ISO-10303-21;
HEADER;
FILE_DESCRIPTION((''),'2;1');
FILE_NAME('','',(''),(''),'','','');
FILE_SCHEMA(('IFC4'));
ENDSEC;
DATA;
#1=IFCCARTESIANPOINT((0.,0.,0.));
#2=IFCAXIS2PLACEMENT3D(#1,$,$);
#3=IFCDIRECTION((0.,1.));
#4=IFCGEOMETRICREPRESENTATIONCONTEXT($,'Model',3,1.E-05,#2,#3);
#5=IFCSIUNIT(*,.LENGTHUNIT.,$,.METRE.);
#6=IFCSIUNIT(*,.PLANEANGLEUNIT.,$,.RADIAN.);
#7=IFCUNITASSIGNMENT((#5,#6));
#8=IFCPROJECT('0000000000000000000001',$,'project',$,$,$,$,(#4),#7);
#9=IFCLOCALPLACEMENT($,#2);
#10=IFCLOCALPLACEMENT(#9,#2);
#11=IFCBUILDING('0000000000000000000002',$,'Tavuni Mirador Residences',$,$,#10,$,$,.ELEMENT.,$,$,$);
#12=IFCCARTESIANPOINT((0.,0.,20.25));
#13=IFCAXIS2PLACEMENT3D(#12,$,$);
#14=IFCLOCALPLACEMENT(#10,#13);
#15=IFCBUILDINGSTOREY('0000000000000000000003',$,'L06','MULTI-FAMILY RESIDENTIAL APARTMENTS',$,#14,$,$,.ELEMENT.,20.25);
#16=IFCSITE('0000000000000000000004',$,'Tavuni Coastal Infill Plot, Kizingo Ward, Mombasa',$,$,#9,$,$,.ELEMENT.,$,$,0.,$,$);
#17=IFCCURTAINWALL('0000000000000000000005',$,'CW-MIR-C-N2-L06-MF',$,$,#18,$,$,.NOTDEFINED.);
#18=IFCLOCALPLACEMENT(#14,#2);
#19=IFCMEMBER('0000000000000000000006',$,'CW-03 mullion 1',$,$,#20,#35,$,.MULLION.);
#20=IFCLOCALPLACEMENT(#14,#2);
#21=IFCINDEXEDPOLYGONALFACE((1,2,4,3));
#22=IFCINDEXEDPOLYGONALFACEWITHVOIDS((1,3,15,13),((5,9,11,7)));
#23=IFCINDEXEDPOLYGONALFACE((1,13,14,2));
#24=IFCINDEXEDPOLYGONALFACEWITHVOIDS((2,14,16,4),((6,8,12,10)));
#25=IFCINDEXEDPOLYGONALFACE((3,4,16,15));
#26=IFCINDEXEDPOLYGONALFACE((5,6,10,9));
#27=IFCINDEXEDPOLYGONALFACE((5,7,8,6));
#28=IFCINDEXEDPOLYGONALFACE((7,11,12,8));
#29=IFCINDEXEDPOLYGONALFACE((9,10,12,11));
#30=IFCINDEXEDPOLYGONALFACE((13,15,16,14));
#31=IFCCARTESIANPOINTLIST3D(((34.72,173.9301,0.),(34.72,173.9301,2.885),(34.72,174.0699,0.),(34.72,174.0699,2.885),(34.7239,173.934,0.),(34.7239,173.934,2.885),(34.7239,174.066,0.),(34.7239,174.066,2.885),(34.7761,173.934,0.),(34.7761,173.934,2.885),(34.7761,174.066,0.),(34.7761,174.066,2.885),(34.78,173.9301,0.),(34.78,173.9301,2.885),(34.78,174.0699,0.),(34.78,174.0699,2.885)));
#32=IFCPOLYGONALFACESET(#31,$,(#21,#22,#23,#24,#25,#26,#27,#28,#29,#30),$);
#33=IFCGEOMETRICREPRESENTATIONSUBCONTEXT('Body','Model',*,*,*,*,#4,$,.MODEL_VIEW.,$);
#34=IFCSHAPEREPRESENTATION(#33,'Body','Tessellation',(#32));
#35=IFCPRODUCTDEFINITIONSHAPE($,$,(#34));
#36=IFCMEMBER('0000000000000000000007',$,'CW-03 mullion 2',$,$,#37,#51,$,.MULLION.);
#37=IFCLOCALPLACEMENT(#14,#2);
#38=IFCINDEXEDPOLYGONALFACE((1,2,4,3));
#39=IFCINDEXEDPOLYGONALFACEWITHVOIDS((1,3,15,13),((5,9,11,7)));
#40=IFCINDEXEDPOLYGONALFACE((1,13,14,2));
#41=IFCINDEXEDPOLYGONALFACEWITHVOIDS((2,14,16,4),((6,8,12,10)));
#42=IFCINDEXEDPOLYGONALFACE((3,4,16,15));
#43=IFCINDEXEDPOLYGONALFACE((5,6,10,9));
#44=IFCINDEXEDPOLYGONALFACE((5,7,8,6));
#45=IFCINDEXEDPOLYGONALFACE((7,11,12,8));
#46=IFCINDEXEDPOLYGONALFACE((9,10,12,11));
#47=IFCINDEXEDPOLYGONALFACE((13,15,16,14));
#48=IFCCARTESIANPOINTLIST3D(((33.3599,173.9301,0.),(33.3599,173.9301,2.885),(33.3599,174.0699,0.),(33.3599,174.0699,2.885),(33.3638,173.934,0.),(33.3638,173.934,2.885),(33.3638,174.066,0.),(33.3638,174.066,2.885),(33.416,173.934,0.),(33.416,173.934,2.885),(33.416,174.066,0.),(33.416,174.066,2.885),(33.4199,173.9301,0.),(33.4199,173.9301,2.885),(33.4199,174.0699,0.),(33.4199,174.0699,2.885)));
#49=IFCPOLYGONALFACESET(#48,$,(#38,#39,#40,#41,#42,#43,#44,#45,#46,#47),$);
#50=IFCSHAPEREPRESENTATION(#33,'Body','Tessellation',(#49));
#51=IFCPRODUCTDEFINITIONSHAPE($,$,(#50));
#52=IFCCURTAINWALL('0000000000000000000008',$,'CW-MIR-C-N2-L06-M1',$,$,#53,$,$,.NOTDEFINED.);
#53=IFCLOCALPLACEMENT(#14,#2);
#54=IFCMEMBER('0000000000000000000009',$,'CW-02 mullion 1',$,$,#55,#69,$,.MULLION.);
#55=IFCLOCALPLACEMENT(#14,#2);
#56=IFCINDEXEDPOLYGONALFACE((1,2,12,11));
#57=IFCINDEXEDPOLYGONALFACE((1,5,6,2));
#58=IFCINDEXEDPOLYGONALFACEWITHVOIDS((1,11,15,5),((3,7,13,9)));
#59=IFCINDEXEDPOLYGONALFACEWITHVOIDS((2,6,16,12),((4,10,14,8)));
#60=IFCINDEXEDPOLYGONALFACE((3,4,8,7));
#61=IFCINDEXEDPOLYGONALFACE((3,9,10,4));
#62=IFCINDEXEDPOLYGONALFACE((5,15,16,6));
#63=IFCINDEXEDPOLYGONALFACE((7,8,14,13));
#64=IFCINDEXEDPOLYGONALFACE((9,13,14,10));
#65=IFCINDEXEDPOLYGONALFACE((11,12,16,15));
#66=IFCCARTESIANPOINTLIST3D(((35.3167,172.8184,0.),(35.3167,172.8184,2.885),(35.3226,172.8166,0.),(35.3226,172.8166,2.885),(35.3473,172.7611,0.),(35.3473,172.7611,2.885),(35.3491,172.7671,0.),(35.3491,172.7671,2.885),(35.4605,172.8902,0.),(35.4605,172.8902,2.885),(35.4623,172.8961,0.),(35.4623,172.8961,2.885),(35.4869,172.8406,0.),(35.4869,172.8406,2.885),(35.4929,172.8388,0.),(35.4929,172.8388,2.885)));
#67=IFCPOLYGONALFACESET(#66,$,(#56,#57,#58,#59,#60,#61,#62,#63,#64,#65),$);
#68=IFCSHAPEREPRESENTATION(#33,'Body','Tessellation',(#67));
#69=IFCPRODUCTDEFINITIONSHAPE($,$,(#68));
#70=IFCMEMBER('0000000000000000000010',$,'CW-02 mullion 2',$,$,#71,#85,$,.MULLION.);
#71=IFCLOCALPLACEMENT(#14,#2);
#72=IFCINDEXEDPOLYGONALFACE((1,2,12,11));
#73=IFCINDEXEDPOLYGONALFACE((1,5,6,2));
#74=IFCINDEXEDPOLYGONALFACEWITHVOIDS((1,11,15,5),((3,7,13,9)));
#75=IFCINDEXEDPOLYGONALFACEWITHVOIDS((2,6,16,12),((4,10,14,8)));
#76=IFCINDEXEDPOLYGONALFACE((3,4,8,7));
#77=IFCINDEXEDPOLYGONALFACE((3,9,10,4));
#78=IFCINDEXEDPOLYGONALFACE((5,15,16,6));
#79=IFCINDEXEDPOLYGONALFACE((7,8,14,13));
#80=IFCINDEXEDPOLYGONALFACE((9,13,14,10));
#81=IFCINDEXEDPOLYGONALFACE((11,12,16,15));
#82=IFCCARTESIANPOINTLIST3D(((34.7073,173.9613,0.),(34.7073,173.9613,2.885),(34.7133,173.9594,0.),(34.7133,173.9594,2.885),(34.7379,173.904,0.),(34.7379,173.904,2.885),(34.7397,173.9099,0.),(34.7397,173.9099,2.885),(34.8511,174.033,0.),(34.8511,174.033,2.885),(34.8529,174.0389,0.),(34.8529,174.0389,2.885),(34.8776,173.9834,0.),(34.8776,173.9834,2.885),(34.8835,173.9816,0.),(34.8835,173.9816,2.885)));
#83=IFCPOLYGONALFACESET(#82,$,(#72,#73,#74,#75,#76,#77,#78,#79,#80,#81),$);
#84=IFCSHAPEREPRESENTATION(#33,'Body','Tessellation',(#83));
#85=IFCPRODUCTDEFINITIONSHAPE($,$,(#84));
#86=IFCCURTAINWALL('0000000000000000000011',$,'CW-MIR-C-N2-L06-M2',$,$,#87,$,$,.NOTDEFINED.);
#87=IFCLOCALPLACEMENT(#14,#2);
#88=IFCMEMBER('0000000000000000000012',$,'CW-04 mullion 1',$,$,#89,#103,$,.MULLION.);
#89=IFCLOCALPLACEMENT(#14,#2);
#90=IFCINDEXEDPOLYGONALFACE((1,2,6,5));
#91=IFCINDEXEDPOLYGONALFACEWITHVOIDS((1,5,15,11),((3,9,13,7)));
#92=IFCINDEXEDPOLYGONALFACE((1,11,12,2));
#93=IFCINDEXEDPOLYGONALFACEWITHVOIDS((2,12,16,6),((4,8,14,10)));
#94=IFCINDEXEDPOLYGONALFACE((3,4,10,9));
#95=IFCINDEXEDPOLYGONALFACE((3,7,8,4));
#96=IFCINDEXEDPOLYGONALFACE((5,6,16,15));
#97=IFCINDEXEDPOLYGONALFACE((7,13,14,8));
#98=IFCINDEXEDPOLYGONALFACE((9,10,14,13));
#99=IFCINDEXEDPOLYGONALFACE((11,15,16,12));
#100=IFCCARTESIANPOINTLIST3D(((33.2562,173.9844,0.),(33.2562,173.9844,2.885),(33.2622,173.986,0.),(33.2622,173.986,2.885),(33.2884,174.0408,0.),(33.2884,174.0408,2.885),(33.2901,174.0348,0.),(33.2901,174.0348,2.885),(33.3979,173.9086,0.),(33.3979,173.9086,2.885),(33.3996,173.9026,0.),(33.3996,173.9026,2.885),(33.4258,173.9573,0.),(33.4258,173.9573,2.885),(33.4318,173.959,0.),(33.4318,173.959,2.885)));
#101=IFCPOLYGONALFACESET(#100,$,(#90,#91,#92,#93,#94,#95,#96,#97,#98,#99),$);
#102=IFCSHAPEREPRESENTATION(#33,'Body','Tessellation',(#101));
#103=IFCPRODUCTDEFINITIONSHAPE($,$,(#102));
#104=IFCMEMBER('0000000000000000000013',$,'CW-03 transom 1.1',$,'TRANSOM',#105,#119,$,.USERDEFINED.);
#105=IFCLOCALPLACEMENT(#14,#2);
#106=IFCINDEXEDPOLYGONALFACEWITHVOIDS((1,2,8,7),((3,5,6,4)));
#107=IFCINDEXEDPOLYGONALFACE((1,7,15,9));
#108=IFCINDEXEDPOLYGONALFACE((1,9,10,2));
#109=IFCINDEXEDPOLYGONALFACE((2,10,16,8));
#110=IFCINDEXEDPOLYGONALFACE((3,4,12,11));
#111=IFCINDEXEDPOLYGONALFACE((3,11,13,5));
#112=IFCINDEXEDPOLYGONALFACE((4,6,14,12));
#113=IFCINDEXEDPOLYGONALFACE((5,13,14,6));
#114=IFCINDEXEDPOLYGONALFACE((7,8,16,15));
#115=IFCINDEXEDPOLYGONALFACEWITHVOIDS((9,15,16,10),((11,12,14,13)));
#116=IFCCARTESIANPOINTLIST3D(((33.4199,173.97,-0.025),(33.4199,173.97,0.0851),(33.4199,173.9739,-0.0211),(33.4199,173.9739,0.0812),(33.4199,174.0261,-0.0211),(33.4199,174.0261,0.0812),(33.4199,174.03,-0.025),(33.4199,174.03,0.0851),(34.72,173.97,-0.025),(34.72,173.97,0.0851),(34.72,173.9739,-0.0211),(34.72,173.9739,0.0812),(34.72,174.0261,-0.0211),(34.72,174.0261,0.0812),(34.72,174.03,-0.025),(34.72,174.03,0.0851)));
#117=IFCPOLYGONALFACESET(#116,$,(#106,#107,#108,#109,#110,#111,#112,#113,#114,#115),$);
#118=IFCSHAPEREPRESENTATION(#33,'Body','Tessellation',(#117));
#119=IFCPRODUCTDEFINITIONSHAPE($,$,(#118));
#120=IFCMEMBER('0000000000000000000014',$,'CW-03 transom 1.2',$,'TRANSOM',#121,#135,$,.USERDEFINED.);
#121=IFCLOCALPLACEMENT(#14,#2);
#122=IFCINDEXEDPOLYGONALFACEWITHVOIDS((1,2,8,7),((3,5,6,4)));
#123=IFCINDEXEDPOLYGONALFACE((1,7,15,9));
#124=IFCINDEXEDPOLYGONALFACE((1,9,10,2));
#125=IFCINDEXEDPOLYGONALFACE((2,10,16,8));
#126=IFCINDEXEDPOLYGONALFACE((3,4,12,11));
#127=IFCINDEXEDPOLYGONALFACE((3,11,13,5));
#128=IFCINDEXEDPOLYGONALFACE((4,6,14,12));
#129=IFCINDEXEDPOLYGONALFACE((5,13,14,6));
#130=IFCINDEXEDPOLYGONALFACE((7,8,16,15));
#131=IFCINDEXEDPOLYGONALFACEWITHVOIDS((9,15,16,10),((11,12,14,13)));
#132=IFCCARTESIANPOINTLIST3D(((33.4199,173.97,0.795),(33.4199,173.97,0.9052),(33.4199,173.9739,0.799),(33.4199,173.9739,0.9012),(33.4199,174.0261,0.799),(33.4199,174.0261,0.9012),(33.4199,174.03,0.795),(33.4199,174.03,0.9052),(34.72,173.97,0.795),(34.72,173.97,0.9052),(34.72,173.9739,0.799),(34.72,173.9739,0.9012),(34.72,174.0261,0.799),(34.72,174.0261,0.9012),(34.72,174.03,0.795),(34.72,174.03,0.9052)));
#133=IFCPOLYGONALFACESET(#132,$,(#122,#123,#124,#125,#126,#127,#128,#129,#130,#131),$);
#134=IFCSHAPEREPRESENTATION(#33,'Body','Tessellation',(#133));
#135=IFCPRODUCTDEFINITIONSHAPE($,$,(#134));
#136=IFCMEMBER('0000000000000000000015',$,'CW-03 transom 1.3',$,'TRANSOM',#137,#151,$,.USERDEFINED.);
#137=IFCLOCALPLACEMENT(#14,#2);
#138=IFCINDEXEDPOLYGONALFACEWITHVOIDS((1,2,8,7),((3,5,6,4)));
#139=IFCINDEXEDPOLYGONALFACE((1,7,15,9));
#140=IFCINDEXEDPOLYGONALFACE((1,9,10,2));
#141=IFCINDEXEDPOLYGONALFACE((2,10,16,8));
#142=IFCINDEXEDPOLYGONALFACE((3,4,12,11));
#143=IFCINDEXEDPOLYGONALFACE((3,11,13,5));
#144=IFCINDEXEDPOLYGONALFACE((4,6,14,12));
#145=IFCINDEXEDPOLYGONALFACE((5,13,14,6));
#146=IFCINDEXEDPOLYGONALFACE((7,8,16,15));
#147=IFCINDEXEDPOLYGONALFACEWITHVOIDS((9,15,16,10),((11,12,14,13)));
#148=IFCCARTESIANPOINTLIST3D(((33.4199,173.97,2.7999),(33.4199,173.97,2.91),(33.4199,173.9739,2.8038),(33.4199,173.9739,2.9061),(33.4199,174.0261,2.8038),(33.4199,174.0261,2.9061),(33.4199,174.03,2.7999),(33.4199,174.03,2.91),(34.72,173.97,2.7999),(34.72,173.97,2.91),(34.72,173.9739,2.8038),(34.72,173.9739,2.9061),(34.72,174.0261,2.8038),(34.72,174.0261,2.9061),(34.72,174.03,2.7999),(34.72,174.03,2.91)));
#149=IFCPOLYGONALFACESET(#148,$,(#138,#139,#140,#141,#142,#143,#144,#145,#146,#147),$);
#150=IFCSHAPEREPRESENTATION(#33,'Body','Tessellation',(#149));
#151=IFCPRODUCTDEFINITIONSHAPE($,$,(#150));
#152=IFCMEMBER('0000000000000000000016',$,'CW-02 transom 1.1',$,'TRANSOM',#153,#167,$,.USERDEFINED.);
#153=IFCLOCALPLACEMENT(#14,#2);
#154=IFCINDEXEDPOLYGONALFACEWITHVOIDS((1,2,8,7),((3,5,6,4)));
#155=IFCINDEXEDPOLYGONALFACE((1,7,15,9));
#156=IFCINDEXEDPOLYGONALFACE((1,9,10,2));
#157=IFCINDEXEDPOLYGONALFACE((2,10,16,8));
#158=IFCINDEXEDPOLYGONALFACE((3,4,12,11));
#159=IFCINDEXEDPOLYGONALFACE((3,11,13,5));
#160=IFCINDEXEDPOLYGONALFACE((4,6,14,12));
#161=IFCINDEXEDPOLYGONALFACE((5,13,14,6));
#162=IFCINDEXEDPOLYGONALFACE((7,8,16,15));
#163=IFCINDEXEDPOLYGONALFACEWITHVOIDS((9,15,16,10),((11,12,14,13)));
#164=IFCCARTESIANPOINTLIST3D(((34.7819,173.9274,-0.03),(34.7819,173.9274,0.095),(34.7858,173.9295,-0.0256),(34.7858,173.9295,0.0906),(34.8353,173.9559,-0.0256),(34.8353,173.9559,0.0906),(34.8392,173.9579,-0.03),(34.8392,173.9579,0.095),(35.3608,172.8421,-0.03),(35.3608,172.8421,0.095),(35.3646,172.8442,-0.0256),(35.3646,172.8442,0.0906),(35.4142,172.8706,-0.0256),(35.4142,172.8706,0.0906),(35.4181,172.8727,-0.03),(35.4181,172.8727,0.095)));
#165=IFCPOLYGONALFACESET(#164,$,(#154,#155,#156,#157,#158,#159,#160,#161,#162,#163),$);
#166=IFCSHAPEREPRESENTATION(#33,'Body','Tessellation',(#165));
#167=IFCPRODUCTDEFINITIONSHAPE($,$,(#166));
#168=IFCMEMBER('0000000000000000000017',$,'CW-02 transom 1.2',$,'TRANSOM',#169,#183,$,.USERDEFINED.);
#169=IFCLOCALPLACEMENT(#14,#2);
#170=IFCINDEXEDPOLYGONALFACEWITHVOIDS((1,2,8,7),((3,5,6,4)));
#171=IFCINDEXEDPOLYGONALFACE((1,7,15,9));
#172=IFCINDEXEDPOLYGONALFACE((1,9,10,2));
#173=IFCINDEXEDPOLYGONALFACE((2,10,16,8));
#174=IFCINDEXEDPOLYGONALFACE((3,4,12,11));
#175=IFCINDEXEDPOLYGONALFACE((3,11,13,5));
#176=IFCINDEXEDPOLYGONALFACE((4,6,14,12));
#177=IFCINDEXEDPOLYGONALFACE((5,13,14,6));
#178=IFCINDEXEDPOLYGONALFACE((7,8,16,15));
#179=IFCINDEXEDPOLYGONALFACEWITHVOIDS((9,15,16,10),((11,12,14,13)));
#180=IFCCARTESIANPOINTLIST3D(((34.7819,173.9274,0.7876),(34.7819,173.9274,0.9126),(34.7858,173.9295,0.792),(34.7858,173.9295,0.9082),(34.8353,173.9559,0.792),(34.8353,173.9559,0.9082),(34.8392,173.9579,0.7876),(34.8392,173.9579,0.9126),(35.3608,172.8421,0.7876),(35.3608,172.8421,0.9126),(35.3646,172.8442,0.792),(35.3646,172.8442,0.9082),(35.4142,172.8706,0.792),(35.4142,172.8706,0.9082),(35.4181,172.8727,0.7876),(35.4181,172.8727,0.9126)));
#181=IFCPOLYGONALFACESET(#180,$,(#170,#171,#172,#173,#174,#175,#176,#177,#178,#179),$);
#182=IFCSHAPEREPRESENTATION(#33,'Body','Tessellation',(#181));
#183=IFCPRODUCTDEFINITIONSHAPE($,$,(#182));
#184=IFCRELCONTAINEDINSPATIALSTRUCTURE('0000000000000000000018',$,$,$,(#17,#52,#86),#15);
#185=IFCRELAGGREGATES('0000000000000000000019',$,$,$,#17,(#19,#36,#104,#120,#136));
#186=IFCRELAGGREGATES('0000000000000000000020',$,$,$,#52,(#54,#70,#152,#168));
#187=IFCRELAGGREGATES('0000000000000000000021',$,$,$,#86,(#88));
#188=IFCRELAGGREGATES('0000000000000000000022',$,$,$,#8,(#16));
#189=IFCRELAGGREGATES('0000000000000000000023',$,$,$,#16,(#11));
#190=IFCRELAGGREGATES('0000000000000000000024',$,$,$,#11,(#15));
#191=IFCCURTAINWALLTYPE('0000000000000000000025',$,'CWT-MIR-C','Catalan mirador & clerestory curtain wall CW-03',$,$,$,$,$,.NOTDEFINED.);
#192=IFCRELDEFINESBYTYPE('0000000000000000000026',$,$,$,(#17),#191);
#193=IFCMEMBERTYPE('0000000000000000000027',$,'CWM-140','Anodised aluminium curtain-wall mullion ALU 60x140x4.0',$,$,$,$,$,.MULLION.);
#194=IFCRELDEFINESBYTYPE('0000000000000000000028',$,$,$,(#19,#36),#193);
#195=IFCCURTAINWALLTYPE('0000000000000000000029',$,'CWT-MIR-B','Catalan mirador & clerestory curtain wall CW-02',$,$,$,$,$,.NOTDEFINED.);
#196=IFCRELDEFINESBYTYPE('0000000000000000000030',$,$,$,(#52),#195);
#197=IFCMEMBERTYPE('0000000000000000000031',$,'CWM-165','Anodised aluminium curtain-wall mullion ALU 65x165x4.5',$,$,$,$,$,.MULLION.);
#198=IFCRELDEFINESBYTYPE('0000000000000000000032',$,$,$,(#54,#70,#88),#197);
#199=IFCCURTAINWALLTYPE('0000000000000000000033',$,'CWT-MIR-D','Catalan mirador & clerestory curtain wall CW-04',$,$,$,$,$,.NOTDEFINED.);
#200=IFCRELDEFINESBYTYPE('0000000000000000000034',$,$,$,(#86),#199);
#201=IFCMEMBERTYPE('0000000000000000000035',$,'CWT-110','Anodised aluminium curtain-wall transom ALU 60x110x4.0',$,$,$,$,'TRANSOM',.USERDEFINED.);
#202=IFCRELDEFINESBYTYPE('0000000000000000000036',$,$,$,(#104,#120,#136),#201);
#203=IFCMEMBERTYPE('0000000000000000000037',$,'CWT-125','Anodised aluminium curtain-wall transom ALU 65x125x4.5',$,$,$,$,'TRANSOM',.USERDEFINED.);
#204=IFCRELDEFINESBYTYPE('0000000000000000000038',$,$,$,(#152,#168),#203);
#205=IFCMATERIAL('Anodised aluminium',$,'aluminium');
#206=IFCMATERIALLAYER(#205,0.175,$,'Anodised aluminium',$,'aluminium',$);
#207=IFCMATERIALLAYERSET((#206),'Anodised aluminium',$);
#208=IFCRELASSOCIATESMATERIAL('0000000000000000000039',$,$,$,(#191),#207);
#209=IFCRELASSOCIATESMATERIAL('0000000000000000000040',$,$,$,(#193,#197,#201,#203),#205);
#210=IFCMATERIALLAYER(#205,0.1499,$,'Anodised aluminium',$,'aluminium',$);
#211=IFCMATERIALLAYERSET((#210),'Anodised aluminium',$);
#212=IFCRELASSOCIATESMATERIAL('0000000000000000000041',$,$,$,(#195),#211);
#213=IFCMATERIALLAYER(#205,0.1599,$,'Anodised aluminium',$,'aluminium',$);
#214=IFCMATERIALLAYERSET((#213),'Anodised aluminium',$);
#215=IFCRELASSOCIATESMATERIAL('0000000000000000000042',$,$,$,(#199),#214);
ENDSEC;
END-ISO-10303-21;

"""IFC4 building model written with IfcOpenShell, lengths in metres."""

from ifc_helpers import new_model, si_unit, direction, frame, origin, origin_2d, place, context, subcontext, project, spatial, hollow_rectangle, extrude, material, layer, layer_set, material_profile, profile_set, type_object, element, aggregate, save


model = new_model("IFC4")

# Units and contexts
model_context = context("Model", 3, precision=1e-05, world=origin(), true_north=direction((0.0, 1.0)))
body_context = subcontext(model_context, "Body", "Model", "MODEL_VIEW")
ifc_project = project(units=[si_unit("LENGTHUNIT", "METRE"), si_unit("PLANEANGLEUNIT", "RADIAN")], contexts=[model_context])

# Site, building, storey
site_placement = place(None, origin())
site = spatial("IfcSite", under=ifc_project, at=site_placement, Name="Tavuni Coastal Infill Plot, Kizingo Ward, Mombasa", CompositionType="ELEMENT", RefElevation=0.0)
building_placement = place(site_placement, origin())
building = spatial("IfcBuilding", under=site, at=building_placement, Name="Tavuni Mirador Residences", CompositionType="ELEMENT")
storey_placement = place(building_placement, frame((0.0, 0.0, 20.25)))
storey = spatial("IfcBuildingStorey", under=building, at=storey_placement, Name="L06", Description="MULTI-FAMILY RESIDENTIAL APARTMENTS", CompositionType="ELEMENT", Elevation=20.25)

# Curtain walls, members
ifc_material_1 = material(Name="Anodised aluminium", Category="aluminium")
ifc_layer_1 = layer(ifc_material_1, 0.175, Name="Anodised aluminium", Category="aluminium")
ifc_layer_set_1 = layer_set([ifc_layer_1], Name="Anodised aluminium")
curtain_wall_type_1 = type_object("IfcCurtainWallType", Name="CWT-MIR-C", Description="Catalan mirador & clerestory curtain wall CW-03", PredefinedType="NOTDEFINED", material=ifc_layer_set_1)
curtain_wall_1_placement = place(storey_placement, origin())
curtain_wall_1 = element("IfcCurtainWall", 1, at=curtain_wall_1_placement, inside=storey, type_object=curtain_wall_type_1, Name="CW-MIR-C-N2-L06-MF", PredefinedType="NOTDEFINED")
ifc_material_profile_1 = material_profile(ifc_material_1, hollow_rectangle(XDim=0.0601, YDim=0.1399, WallThickness=0.0039, at=origin_2d()), Name="ALU 60x140x4.0", Category="aluminium")
ifc_profile_set_1 = profile_set([ifc_material_profile_1], Name="Anodised aluminium")
member_type_1 = type_object("IfcMemberType", Name="CWM-140", Description="Anodised aluminium curtain-wall mullion ALU 60x140x4.0", PredefinedType="MULLION", material=ifc_profile_set_1)
member_1_placement = place(storey_placement, frame((34.75, 174.0, 0.0), z_axis=(0.0, 0.0, 1.0), x_axis=(-1.0, 0.0, 0.0)))
member_1 = element("IfcMember", 2, at=member_1_placement, type_object=member_type_1, Name="CW-03 mullion 1", PredefinedType="MULLION", context=body_context, shape_type="SweptSolid", body=[
    extrude(hollow_rectangle(XDim=0.0601, YDim=0.1399, WallThickness=0.0039, at=origin_2d()), origin(), (0.0, 0.0, 1.0), 2.885),
])
member_2_placement = place(storey_placement, frame((33.3899, 174.0, 0.0), z_axis=(0.0, 0.0, 1.0), x_axis=(-1.0, 0.0, 0.0)))
member_2 = element("IfcMember", 3, at=member_2_placement, type_object=member_type_1, Name="CW-03 mullion 2", PredefinedType="MULLION", context=body_context, shape_type="SweptSolid", body=[
    extrude(hollow_rectangle(XDim=0.0601, YDim=0.1399, WallThickness=0.0039, at=origin_2d()), origin(), (0.0, 0.0, 1.0), 2.885),
])
ifc_layer_2 = layer(ifc_material_1, 0.1499, Name="Anodised aluminium", Category="aluminium")
ifc_layer_set_2 = layer_set([ifc_layer_2], Name="Anodised aluminium")
curtain_wall_type_2 = type_object("IfcCurtainWallType", Name="CWT-MIR-B", Description="Catalan mirador & clerestory curtain wall CW-02", PredefinedType="NOTDEFINED", material=ifc_layer_set_2)
curtain_wall_2_placement = place(storey_placement, origin())
curtain_wall_2 = element("IfcCurtainWall", 4, at=curtain_wall_2_placement, inside=storey, type_object=curtain_wall_type_2, Name="CW-MIR-C-N2-L06-M1", PredefinedType="NOTDEFINED")
ifc_material_profile_2 = material_profile(ifc_material_1, hollow_rectangle(XDim=0.0649, YDim=0.165, WallThickness=0.0044, at=origin_2d()), Name="ALU 65x165x4.5", Category="aluminium")
ifc_profile_set_2 = profile_set([ifc_material_profile_2], Name="Anodised aluminium")
member_type_2 = type_object("IfcMemberType", Name="CWM-165", Description="Anodised aluminium curtain-wall mullion ALU 65x165x4.5", PredefinedType="MULLION", material=ifc_profile_set_2)
member_3_placement = place(storey_placement, frame((35.4048, 172.8286, 0.0), z_axis=(0.0, 0.0, 1.0), x_axis=(-0.470588, 0.882353, 0.0)))
member_3 = element("IfcMember", 5, at=member_3_placement, type_object=member_type_2, Name="CW-02 mullion 1", PredefinedType="MULLION", context=body_context, shape_type="SweptSolid", body=[
    extrude(hollow_rectangle(XDim=0.0649, YDim=0.165, WallThickness=0.0044, at=origin_2d()), origin(), (0.0, 0.0, 1.0), 2.885),
])
member_4_placement = place(storey_placement, frame((34.7954, 173.9714, 0.0), z_axis=(0.0, 0.0, 1.0), x_axis=(-0.470588, 0.882353, 0.0)))
member_4 = element("IfcMember", 6, at=member_4_placement, type_object=member_type_2, Name="CW-02 mullion 2", PredefinedType="MULLION", context=body_context, shape_type="SweptSolid", body=[
    extrude(hollow_rectangle(XDim=0.0649, YDim=0.165, WallThickness=0.0044, at=origin_2d()), origin(), (0.0, 0.0, 1.0), 2.885),
])

# Curtain wall, member
ifc_layer_3 = layer(ifc_material_1, 0.1599, Name="Anodised aluminium", Category="aluminium")
ifc_layer_set_3 = layer_set([ifc_layer_3], Name="Anodised aluminium")
curtain_wall_type_3 = type_object("IfcCurtainWallType", Name="CWT-MIR-D", Description="Catalan mirador & clerestory curtain wall CW-04", PredefinedType="NOTDEFINED", material=ifc_layer_set_3)
curtain_wall_3_placement = place(storey_placement, origin())
curtain_wall_3 = element("IfcCurtainWall", 7, at=curtain_wall_3_placement, inside=storey, type_object=curtain_wall_type_3, Name="CW-MIR-C-N2-L06-M2", PredefinedType="NOTDEFINED")
member_5_placement = place(storey_placement, frame((33.344, 173.9717, 0.0), z_axis=(0.0, 0.0, 1.0), x_axis=(-0.495749, -0.868466, 0.0)))
member_5 = element("IfcMember", 8, at=member_5_placement, type_object=member_type_2, Name="CW-04 mullion 1", PredefinedType="MULLION", context=body_context, shape_type="SweptSolid", body=[
    extrude(hollow_rectangle(XDim=0.0649, YDim=0.165, WallThickness=0.0044, at=origin_2d()), origin(), (0.0, 0.0, 1.0), 2.885),
])

# Members
ifc_material_profile_3 = material_profile(ifc_material_1, hollow_rectangle(XDim=0.0601, YDim=0.1101, WallThickness=0.0039, at=origin_2d()), Name="ALU 60x110x4.0", Category="aluminium")
ifc_profile_set_3 = profile_set([ifc_material_profile_3], Name="Anodised aluminium")
member_type_3 = type_object("IfcMemberType", Name="CWT-110", Description="Anodised aluminium curtain-wall transom ALU 60x110x4.0", ElementType="TRANSOM", PredefinedType="USERDEFINED", material=ifc_profile_set_3)
member_6_placement = place(storey_placement, frame((34.72, 174.0, 0.03), z_axis=(-1.0, 0.0, 0.0), x_axis=(0.0, -1.0, 0.0)))
member_6 = element("IfcMember", 9, at=member_6_placement, type_object=member_type_3, Name="CW-03 transom 1.1", ObjectType="TRANSOM", PredefinedType="USERDEFINED", context=body_context, shape_type="SweptSolid", body=[
    extrude(hollow_rectangle(XDim=0.0601, YDim=0.1101, WallThickness=0.0039, at=origin_2d()), origin(), (0.0, 0.0, 1.0), 1.3),
])
member_7_placement = place(storey_placement, frame((34.72, 174.0, 0.8501), z_axis=(-1.0, 0.0, 0.0), x_axis=(0.0, -1.0, 0.0)))
member_7 = element("IfcMember", 10, at=member_7_placement, type_object=member_type_3, Name="CW-03 transom 1.2", ObjectType="TRANSOM", PredefinedType="USERDEFINED", context=body_context, shape_type="SweptSolid", body=[
    extrude(hollow_rectangle(XDim=0.0601, YDim=0.1101, WallThickness=0.0039, at=origin_2d()), origin(), (0.0, 0.0, 1.0), 1.3),
])
member_8_placement = place(storey_placement, frame((34.72, 174.0, 2.855), z_axis=(-1.0, 0.0, 0.0), x_axis=(0.0, -1.0, 0.0)))
member_8 = element("IfcMember", 11, at=member_8_placement, type_object=member_type_3, Name="CW-03 transom 1.3", ObjectType="TRANSOM", PredefinedType="USERDEFINED", context=body_context, shape_type="SweptSolid", body=[
    extrude(hollow_rectangle(XDim=0.0601, YDim=0.1101, WallThickness=0.0039, at=origin_2d()), origin(), (0.0, 0.0, 1.0), 1.3),
])
ifc_material_profile_4 = material_profile(ifc_material_1, hollow_rectangle(XDim=0.0649, YDim=0.125, WallThickness=0.0044, at=origin_2d()), Name="ALU 65x125x4.5", Category="aluminium")
ifc_profile_set_4 = profile_set([ifc_material_profile_4], Name="Anodised aluminium")
member_type_4 = type_object("IfcMemberType", Name="CWT-125", Description="Anodised aluminium curtain-wall transom ALU 65x125x4.5", ElementType="TRANSOM", PredefinedType="USERDEFINED", material=ifc_profile_set_4)
member_9_placement = place(storey_placement, frame((35.3894, 172.8574, 0.0325), z_axis=(-0.47064, 0.882325, 0.0), x_axis=(-0.882325, -0.47064, 0.0)))
member_9 = element("IfcMember", 12, at=member_9_placement, type_object=member_type_4, Name="CW-02 transom 1.1", ObjectType="TRANSOM", PredefinedType="USERDEFINED", context=body_context, shape_type="SweptSolid", body=[
    extrude(hollow_rectangle(XDim=0.0649, YDim=0.125, WallThickness=0.0044, at=origin_2d()), origin(), (0.0, 0.0, 1.0), 1.23),
])
member_10_placement = place(storey_placement, frame((35.3894, 172.8574, 0.8501), z_axis=(-0.47064, 0.882325, 0.0), x_axis=(-0.882325, -0.47064, 0.0)))
member_10 = element("IfcMember", 13, at=member_10_placement, type_object=member_type_4, Name="CW-02 transom 1.2", ObjectType="TRANSOM", PredefinedType="USERDEFINED", context=body_context, shape_type="SweptSolid", body=[
    extrude(hollow_rectangle(XDim=0.0649, YDim=0.125, WallThickness=0.0044, at=origin_2d()), origin(), (0.0, 0.0, 1.0), 1.23),
])

aggregate(curtain_wall_1, [member_1, member_2, member_6, member_7, member_8])
aggregate(curtain_wall_2, [member_3, member_4, member_9, member_10])
aggregate(curtain_wall_3, [member_5])

save(model, "model.ifc")
